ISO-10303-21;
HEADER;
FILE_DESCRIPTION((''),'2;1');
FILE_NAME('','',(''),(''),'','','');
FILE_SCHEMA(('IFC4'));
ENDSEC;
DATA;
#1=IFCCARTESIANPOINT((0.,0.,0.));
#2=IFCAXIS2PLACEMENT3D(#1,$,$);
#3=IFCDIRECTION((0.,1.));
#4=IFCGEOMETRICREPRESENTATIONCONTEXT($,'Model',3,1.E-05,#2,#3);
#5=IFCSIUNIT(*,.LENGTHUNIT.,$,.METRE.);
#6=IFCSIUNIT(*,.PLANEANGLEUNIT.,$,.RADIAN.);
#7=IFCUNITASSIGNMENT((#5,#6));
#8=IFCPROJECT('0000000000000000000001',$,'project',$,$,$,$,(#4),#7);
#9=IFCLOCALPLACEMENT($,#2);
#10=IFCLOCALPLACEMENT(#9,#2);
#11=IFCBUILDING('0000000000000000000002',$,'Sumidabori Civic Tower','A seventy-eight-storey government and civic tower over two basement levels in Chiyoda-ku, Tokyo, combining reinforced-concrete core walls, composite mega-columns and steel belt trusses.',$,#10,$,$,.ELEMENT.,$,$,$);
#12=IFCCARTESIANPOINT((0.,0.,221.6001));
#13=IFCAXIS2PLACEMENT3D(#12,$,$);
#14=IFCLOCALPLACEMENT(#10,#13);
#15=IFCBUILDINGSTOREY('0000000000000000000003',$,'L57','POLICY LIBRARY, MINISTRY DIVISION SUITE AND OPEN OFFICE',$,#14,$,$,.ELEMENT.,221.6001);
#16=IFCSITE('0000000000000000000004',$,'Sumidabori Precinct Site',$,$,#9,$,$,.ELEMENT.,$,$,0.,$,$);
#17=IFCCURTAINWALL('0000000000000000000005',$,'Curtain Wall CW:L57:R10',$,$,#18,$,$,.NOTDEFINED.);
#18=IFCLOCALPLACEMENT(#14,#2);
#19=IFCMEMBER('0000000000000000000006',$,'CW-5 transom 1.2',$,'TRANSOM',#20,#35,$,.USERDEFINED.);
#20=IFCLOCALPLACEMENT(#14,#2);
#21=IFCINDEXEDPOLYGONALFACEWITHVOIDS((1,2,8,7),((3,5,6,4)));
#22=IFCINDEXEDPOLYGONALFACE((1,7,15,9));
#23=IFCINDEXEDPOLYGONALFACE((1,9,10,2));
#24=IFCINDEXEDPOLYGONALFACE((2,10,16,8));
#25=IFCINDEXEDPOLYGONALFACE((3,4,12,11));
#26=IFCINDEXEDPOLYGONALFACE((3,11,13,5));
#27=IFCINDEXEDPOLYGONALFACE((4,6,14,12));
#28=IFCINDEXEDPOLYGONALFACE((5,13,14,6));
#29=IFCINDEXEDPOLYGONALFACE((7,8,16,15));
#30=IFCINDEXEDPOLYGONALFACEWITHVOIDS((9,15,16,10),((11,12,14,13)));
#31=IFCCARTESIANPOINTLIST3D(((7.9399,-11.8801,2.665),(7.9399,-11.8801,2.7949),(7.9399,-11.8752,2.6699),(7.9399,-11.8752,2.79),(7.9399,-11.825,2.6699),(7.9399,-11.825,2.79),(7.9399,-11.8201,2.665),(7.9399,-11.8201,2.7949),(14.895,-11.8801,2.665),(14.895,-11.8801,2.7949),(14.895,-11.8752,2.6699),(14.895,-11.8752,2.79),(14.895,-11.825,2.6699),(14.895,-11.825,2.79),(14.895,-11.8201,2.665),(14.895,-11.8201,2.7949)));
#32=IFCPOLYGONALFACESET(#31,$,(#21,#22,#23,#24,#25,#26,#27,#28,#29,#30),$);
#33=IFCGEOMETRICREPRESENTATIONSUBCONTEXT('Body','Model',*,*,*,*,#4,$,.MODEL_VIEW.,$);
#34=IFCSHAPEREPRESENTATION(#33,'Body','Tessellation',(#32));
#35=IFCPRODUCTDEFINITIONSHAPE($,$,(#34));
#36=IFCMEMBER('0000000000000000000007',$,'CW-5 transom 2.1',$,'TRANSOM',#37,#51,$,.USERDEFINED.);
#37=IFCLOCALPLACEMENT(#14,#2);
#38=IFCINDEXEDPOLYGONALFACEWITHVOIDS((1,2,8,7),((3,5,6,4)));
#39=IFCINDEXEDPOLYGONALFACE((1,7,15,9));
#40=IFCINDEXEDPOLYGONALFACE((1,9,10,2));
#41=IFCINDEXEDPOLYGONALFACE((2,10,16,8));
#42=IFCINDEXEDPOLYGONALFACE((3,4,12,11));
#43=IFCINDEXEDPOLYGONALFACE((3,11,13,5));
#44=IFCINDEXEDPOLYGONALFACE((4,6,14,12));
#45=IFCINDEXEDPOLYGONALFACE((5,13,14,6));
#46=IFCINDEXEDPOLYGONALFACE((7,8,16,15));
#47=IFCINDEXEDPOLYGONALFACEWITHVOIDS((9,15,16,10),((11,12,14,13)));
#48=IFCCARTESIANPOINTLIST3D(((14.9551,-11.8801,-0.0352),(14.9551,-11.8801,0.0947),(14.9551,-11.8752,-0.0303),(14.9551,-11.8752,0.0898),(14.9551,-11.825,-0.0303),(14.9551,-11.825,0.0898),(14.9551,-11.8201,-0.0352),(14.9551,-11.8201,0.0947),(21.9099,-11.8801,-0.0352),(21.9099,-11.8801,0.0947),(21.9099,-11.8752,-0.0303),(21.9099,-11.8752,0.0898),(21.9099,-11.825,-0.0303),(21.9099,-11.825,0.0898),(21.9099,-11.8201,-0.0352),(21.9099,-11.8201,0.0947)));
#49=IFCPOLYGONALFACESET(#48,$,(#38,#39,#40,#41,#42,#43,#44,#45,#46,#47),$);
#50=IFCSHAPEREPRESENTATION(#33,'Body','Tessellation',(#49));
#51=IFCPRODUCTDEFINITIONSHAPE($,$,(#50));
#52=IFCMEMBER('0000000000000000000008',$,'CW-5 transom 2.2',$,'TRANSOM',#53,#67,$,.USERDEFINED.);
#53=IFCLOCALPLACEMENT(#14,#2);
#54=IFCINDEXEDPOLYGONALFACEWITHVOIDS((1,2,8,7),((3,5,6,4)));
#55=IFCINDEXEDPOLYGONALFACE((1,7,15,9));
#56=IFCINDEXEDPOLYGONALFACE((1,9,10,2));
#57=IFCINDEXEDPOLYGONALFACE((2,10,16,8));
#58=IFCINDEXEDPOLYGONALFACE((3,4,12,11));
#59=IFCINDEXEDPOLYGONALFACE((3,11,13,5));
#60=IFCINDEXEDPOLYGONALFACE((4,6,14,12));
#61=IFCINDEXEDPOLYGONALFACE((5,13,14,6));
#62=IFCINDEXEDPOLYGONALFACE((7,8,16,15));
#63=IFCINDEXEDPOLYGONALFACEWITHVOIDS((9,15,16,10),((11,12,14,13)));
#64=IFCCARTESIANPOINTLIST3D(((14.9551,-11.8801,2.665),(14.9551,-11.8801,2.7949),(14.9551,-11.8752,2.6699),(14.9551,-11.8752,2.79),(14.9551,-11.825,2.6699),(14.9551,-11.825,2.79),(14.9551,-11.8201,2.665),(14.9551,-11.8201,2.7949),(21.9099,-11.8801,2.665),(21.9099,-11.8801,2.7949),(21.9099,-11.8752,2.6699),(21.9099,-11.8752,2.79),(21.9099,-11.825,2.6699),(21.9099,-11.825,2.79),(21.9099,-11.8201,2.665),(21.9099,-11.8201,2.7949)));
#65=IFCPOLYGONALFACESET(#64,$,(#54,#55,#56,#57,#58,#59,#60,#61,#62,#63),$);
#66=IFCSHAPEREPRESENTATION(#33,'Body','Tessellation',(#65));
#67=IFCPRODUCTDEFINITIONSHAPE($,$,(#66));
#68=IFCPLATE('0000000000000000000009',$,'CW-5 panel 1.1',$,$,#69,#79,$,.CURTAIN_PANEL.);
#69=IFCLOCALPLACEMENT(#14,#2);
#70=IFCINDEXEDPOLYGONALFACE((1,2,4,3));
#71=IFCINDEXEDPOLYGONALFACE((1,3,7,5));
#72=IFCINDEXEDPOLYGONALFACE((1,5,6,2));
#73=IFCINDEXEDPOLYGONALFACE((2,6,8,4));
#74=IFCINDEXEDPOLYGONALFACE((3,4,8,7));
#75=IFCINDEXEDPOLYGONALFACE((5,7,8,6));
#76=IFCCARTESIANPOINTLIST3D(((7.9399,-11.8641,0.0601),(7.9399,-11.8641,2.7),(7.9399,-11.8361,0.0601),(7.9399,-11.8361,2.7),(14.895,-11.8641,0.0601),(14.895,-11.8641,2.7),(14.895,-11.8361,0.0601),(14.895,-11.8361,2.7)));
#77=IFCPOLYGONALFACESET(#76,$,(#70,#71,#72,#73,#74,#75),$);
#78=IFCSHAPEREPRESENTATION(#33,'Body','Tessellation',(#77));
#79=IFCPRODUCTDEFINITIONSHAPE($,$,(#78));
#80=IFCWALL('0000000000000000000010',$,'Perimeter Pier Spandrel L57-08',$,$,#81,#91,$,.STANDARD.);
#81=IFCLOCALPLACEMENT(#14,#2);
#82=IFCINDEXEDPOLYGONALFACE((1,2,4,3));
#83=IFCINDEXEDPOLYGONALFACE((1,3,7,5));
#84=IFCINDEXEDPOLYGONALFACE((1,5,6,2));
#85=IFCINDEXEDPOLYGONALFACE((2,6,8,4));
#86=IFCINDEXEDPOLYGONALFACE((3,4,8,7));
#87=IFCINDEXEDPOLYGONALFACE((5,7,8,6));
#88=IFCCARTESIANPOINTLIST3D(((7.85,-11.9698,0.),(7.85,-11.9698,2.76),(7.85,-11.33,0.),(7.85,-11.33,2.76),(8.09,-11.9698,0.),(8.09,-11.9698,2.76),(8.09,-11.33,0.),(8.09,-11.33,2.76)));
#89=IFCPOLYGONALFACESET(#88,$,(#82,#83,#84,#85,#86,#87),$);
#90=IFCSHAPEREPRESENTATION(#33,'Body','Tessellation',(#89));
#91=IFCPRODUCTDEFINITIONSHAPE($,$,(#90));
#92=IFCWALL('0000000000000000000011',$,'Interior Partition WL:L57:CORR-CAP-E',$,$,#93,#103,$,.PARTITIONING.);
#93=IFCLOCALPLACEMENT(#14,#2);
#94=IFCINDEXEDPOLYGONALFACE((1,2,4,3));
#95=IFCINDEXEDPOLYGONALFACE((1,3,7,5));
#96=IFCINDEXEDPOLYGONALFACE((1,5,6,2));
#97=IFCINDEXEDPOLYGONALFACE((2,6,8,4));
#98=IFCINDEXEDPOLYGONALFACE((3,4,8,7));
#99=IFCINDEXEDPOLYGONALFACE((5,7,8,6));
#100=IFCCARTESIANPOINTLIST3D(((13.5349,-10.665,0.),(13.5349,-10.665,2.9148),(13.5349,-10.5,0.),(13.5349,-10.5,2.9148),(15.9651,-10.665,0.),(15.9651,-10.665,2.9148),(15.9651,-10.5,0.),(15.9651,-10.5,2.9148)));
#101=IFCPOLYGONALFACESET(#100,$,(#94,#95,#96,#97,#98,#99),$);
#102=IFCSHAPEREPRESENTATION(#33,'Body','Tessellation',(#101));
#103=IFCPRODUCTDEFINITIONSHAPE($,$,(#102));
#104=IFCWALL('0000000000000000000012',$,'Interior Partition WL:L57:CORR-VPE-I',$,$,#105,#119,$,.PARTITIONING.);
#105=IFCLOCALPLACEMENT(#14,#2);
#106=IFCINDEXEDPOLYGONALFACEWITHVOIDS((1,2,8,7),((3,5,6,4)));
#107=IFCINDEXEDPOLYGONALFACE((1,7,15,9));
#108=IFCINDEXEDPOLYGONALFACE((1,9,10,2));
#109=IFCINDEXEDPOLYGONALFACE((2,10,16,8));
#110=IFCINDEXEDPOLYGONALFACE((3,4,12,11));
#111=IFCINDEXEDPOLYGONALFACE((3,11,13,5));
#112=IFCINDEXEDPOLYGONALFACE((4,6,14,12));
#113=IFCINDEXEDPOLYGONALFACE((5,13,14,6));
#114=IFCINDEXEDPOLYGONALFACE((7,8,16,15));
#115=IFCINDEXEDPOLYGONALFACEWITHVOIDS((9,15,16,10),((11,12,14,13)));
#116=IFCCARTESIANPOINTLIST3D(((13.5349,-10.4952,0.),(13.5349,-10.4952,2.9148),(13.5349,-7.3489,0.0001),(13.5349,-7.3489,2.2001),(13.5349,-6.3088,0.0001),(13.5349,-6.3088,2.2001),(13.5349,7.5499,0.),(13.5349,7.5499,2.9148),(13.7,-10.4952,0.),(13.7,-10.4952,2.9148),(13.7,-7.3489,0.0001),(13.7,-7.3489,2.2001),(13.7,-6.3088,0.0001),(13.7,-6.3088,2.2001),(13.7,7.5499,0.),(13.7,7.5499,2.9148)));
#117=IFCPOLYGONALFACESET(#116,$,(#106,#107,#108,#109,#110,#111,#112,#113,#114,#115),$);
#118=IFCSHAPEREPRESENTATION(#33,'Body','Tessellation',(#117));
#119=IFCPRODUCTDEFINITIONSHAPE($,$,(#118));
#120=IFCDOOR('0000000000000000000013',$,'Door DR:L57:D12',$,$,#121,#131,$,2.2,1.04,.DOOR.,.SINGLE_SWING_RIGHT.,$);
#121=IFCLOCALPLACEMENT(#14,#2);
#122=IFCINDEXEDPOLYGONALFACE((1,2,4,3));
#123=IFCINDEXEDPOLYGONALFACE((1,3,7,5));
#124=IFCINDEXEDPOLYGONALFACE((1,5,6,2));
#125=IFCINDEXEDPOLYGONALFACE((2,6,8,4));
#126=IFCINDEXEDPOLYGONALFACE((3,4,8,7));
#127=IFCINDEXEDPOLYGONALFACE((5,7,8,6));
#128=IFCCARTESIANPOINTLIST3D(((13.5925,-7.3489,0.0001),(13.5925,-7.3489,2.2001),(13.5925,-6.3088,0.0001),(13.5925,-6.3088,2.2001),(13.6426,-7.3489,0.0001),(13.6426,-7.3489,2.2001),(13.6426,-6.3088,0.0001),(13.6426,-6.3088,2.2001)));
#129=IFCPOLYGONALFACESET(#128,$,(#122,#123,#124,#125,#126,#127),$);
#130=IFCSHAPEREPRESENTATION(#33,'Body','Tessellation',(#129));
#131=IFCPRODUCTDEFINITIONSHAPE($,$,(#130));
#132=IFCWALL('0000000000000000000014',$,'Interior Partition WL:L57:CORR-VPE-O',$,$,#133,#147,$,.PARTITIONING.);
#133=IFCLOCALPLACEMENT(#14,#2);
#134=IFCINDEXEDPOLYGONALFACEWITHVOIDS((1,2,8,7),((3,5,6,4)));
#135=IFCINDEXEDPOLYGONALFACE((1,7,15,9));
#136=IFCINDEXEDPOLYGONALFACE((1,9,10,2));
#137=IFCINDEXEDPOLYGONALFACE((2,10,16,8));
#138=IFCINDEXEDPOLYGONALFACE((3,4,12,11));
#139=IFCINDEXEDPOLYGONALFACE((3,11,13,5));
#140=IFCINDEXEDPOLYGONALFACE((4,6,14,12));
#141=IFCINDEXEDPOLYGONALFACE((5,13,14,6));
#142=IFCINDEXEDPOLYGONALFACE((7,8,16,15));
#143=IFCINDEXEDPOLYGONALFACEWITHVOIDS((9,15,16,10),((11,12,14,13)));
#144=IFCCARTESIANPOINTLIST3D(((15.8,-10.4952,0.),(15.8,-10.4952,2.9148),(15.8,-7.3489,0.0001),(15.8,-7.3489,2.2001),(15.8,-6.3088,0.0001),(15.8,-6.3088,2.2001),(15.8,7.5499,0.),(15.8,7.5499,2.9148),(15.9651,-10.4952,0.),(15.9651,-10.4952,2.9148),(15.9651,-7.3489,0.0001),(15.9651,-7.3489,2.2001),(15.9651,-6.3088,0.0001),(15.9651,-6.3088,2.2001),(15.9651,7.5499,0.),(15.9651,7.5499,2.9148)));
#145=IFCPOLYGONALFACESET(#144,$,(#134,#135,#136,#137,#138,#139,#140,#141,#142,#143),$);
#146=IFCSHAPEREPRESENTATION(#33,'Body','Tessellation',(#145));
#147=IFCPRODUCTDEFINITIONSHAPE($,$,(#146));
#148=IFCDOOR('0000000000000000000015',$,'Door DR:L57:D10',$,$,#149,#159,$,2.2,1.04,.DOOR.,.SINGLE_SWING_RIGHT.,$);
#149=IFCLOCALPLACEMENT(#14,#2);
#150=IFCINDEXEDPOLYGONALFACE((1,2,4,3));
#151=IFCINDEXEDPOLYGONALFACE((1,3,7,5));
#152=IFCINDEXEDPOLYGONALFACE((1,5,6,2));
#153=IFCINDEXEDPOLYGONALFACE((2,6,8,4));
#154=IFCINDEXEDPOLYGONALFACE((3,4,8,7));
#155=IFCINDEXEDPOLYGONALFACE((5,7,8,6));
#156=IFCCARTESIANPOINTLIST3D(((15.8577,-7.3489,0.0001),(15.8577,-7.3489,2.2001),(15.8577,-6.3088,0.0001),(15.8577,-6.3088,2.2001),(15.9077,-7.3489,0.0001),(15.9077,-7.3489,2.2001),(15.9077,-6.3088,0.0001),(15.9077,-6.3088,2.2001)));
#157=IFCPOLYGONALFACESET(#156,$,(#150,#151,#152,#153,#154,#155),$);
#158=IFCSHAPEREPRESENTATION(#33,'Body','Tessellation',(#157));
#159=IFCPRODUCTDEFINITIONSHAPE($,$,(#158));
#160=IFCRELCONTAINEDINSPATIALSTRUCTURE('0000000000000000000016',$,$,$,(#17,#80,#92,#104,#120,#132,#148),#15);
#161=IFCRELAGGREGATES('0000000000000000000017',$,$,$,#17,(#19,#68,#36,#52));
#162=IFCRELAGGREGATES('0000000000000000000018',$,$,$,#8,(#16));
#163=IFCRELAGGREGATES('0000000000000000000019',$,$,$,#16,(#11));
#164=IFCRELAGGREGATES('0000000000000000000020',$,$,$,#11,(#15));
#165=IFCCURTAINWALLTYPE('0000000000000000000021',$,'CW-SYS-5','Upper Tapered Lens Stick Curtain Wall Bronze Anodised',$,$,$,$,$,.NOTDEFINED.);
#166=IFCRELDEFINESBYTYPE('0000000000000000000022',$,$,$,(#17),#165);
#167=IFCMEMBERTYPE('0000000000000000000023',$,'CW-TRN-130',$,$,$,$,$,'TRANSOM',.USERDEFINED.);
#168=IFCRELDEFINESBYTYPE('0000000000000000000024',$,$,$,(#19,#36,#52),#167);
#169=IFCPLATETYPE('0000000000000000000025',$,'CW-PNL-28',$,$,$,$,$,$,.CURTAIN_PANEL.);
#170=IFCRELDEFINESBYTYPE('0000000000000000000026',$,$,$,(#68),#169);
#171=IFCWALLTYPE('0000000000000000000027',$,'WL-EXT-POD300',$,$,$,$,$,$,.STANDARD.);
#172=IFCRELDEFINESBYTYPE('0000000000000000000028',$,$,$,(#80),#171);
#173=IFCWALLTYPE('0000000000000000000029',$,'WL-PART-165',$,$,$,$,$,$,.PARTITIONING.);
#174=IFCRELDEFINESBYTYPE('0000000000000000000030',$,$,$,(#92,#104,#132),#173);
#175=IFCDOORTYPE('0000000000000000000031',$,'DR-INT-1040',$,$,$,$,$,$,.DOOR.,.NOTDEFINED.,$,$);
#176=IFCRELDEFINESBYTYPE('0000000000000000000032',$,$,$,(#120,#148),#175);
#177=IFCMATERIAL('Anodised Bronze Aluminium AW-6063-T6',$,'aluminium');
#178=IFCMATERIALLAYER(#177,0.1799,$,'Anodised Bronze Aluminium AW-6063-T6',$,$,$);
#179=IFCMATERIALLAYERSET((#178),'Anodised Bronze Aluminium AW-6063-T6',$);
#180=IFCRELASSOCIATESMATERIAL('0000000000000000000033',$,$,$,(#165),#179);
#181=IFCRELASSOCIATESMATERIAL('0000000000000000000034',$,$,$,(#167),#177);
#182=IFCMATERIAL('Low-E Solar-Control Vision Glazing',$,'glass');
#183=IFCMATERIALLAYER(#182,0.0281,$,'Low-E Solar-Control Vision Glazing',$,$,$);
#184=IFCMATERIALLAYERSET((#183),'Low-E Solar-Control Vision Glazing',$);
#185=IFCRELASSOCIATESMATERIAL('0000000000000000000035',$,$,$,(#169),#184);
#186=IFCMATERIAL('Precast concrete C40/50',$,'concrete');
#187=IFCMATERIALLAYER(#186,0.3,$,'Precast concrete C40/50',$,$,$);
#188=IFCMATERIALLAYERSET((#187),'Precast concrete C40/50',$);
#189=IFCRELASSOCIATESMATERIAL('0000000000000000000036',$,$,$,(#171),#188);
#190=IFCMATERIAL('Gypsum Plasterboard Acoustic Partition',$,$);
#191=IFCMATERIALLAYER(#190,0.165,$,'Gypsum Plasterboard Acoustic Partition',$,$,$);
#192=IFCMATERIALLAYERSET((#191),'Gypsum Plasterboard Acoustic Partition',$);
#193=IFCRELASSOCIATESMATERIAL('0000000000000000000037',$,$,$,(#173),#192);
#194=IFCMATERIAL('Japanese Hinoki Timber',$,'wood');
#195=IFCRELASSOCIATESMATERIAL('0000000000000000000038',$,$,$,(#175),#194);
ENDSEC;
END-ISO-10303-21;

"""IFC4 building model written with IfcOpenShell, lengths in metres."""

from ifc_helpers import new_model, si_unit, direction, frame, frame_2d, origin, origin_2d, place, context, subcontext, project, spatial, rectangle, hollow_rectangle, extrude, source, transform, mapped, material, layer, layer_set, material_profile, profile_set, type_object, element, fill, aggregate, save


model = new_model("IFC4")

# Units and contexts
model_context = context("Model", 3, precision=1e-05, world=origin(), true_north=direction((0.0, 1.0)))
body_context = subcontext(model_context, "Body", "Model", "MODEL_VIEW")
ifc_project = project(units=[si_unit("LENGTHUNIT", "METRE"), si_unit("PLANEANGLEUNIT", "RADIAN")], contexts=[model_context])

# Site, building, storey
site_placement = place(None, origin())
site = spatial("IfcSite", under=ifc_project, at=site_placement, Name="Sumidabori Precinct Site", CompositionType="ELEMENT", RefElevation=0.0)
building_placement = place(site_placement, origin())
building = spatial("IfcBuilding", under=site, at=building_placement, Name="Sumidabori Civic Tower", Description="A seventy-eight-storey government and civic tower over two basement levels in Chiyoda-ku, Tokyo, combining reinforced-concrete core walls, composite mega-columns and steel belt trusses.", CompositionType="ELEMENT")
storey_placement = place(building_placement, frame((0.0, 0.0, 221.6001)))
storey = spatial("IfcBuildingStorey", under=building, at=storey_placement, Name="L57", Description="POLICY LIBRARY, MINISTRY DIVISION SUITE AND OPEN OFFICE", CompositionType="ELEMENT", Elevation=221.6001)

# Shared definitions
ifc_material_1 = material(Name="Anodised Bronze Aluminium AW-6063-T6", Category="aluminium")

# Curtain wall, members, plate
ifc_layer_1 = layer(ifc_material_1, 0.1799, Name="Anodised Bronze Aluminium AW-6063-T6")
ifc_layer_set_1 = layer_set([ifc_layer_1], Name="Anodised Bronze Aluminium AW-6063-T6")
curtain_wall_type_1 = type_object("IfcCurtainWallType", Name="CW-SYS-5", Description="Upper Tapered Lens Stick Curtain Wall Bronze Anodised", PredefinedType="NOTDEFINED", material=ifc_layer_set_1)
curtain_wall_1_placement = place(storey_placement, origin())
curtain_wall_1 = element("IfcCurtainWall", 1, at=curtain_wall_1_placement, inside=storey, type_object=curtain_wall_type_1, Name="Curtain Wall CW:L57:R10", PredefinedType="NOTDEFINED")
ifc_material_profile_1 = material_profile(ifc_material_1, hollow_rectangle(XDim=0.0601, YDim=0.1299, WallThickness=0.0049, at=origin_2d()), Name="ALU TRANSOM 130x60")
ifc_profile_set_1 = profile_set([ifc_material_profile_1], Name="Anodised Bronze Aluminium AW-6063-T6")
member_type_1 = type_object("IfcMemberType", Name="CW-TRN-130", ElementType="TRANSOM", PredefinedType="USERDEFINED", material=ifc_profile_set_1)
shared_shape_1 = source(origin(), body_context, "Body", "SweptSolid", [
    extrude(hollow_rectangle(XDim=0.0601, YDim=0.1299, WallThickness=0.0049, at=origin_2d()), origin(), (0.0, 0.0, 1.0), 6.9551),
])
member_1_placement = place(storey_placement, frame((7.9399, -11.8501, 2.73), z_axis=(1.0, 0.0, 0.0), x_axis=(0.0, 1.0, 0.0)))
member_1 = element("IfcMember", 2, at=member_1_placement, type_object=member_type_1, Name="CW-5 transom 1.2", ObjectType="TRANSOM", PredefinedType="USERDEFINED", context=body_context, shape_type="MappedRepresentation", body=[
    mapped(shared_shape_1, transform((0.0, 0.0, 0.0), x_axis=(1.0, 0.0, 0.0), y_axis=(0.0, 1.0, 0.0), z_axis=(0.0, 0.0, 1.0), scale=1.0)),
])
shared_shape_2 = source(origin(), body_context, "Body", "SweptSolid", [
    extrude(hollow_rectangle(XDim=0.0601, YDim=0.1299, WallThickness=0.0049, at=origin_2d()), origin(), (0.0, 0.0, 1.0), 6.9548),
])
member_2_placement = place(storey_placement, frame((14.9551, -11.8501, 0.0298), z_axis=(1.0, 0.0, 0.0), x_axis=(0.0, 1.0, 0.0)))
member_2 = element("IfcMember", 3, at=member_2_placement, type_object=member_type_1, Name="CW-5 transom 2.1", ObjectType="TRANSOM", PredefinedType="USERDEFINED", context=body_context, shape_type="MappedRepresentation", body=[
    mapped(shared_shape_2, transform((0.0, 0.0, 0.0), x_axis=(1.0, 0.0, 0.0), y_axis=(0.0, 1.0, 0.0), z_axis=(0.0, 0.0, 1.0), scale=1.0)),
])
member_3_placement = place(storey_placement, frame((14.9551, -11.8501, 2.73), z_axis=(1.0, 0.0, 0.0), x_axis=(0.0, 1.0, 0.0)))
member_3 = element("IfcMember", 4, at=member_3_placement, type_object=member_type_1, Name="CW-5 transom 2.2", ObjectType="TRANSOM", PredefinedType="USERDEFINED", context=body_context, shape_type="MappedRepresentation", body=[
    mapped(shared_shape_2, transform((0.0, 0.0, 0.0), x_axis=(1.0, 0.0, 0.0), y_axis=(0.0, 1.0, 0.0), z_axis=(0.0, 0.0, 1.0), scale=1.0)),
])
ifc_material_2 = material(Name="Low-E Solar-Control Vision Glazing", Category="glass")
ifc_layer_2 = layer(ifc_material_2, 0.0281, Name="Low-E Solar-Control Vision Glazing")
ifc_layer_set_2 = layer_set([ifc_layer_2], Name="Low-E Solar-Control Vision Glazing")
plate_type = type_object("IfcPlateType", Name="CW-PNL-28", PredefinedType="CURTAIN_PANEL", material=ifc_layer_set_2)
shared_shape_3 = source(origin(), body_context, "Body", "SweptSolid", [
    extrude(rectangle(XDim=6.9551, YDim=0.0281, at=origin_2d()), origin(), (0.0, 0.0, 1.0), 2.6399),
])
plate_placement = place(storey_placement, frame((11.4175, -11.8501, 0.0601), z_axis=(0.0, 0.0, 1.0), x_axis=(1.0, 0.0, 0.0)))
plate = element("IfcPlate", 5, at=plate_placement, type_object=plate_type, Name="CW-5 panel 1.1", PredefinedType="CURTAIN_PANEL", context=body_context, shape_type="MappedRepresentation", body=[
    mapped(shared_shape_3, transform((0.0, 0.0, 0.0), x_axis=(1.0, 0.0, 0.0), y_axis=(0.0, 1.0, 0.0), z_axis=(0.0, 0.0, 1.0), scale=1.0)),
])
aggregate(curtain_wall_1, [member_1, plate, member_2, member_3])

# Walls
ifc_material_3 = material(Name="Precast concrete C40/50", Category="concrete")
ifc_layer_3 = layer(ifc_material_3, 0.3, Name="Precast concrete C40/50")
ifc_layer_set_3 = layer_set([ifc_layer_3], Name="Precast concrete C40/50")
wall_type_1 = type_object("IfcWallType", Name="WL-EXT-POD300", PredefinedType="STANDARD", material=ifc_layer_set_3)
shared_shape_4 = source(origin(), body_context, "Body", "SweptSolid", [
    extrude(rectangle(XDim=0.6399, YDim=0.24, at=frame_2d((0.3198, 0.0))), origin(), (0.0, 0.0, 1.0), 2.76),
])
wall_1_placement = place(storey_placement, frame((7.97, -11.3301, 0.0), z_axis=(0.0, 0.0, 1.0), x_axis=(0.0, -1.0, 0.0)))
element("IfcWall", 6, at=wall_1_placement, inside=storey, type_object=wall_type_1, Name="Perimeter Pier Spandrel L57-08", PredefinedType="STANDARD", context=body_context, shape_type="MappedRepresentation", body=[
    mapped(shared_shape_4, transform((0.0, 0.0, 0.0), x_axis=(1.0, 0.0, 0.0), y_axis=(0.0, 1.0, 0.0), z_axis=(0.0, 0.0, 1.0), scale=1.0)),
])
ifc_material_4 = material(Name="Gypsum Plasterboard Acoustic Partition")
ifc_layer_4 = layer(ifc_material_4, 0.165, Name="Gypsum Plasterboard Acoustic Partition")
ifc_layer_set_4 = layer_set([ifc_layer_4], Name="Gypsum Plasterboard Acoustic Partition")
wall_type_2 = type_object("IfcWallType", Name="WL-PART-165", PredefinedType="PARTITIONING", material=ifc_layer_set_4)
shared_shape_5 = source(origin(), body_context, "Body", "SweptSolid", [
    extrude(rectangle(XDim=2.4302, YDim=0.165, at=frame_2d((1.2151, 0.0))), origin(), (0.0, 0.0, 1.0), 2.9148),
])
wall_2_placement = place(storey_placement, frame((13.5349, -10.5825, 0.0), z_axis=(0.0, 0.0, 1.0), x_axis=(1.0, 0.0, 0.0)))
element("IfcWall", 7, at=wall_2_placement, inside=storey, type_object=wall_type_2, Name="Interior Partition WL:L57:CORR-CAP-E", PredefinedType="PARTITIONING", context=body_context, shape_type="MappedRepresentation", body=[
    mapped(shared_shape_5, transform((0.0, 0.0, 0.0), x_axis=(1.0, 0.0, 0.0), y_axis=(0.0, 1.0, 0.0), z_axis=(0.0, 0.0, 1.0), scale=1.0)),
])

# Walls, openings, doors
shared_shape_6 = source(origin(), body_context, "Body", "SweptSolid", [
    extrude(rectangle(XDim=18.0452, YDim=0.165, at=frame_2d((9.0225, 0.0))), origin(), (0.0, 0.0, 1.0), 2.9148),
])
wall_3_placement = place(storey_placement, frame((13.6174, -10.4951, 0.0), z_axis=(0.0, 0.0, 1.0), x_axis=(0.0, 1.0, 0.0)))
wall_3 = element("IfcWall", 8, at=wall_3_placement, inside=storey, type_object=wall_type_2, Name="Interior Partition WL:L57:CORR-VPE-I", PredefinedType="PARTITIONING", context=body_context, shape_type="MappedRepresentation", body=[
    mapped(shared_shape_6, transform((0.0, 0.0, 0.0), x_axis=(1.0, 0.0, 0.0), y_axis=(0.0, 1.0, 0.0), z_axis=(0.0, 0.0, 1.0), scale=1.0)),
])
opening_1_placement = place(wall_3_placement, frame((3.1462, 0.0, 0.0)))
opening_1 = element("IfcOpeningElement", 9, at=opening_1_placement, cuts=wall_3, PredefinedType="OPENING", context=body_context, shape_type="SweptSolid", body=[
    extrude(rectangle(XDim=1.04, YDim=2.2, at=frame_2d((0.52, 1.1001))), frame((0.0, 0.0945, 0.0), z_axis=(0.0, -1.0, 0.0), x_axis=(1.0, 0.0, 0.0)), (0.0, 0.0, 1.0), 0.189),
])
ifc_material_5 = material(Name="Japanese Hinoki Timber", Category="wood")
door_type = type_object("IfcDoorType", Name="DR-INT-1040", OperationType="NOTDEFINED", PredefinedType="DOOR", material=ifc_material_5)
shared_shape_7 = source(origin(), body_context, "Body", "SweptSolid", [
    extrude(rectangle(XDim=1.04, YDim=2.2, at=frame_2d((0.52, 1.1001))), frame((0.0, 0.0249, 0.0), z_axis=(0.0, -1.0, 0.0), x_axis=(1.0, 0.0, 0.0)), (0.0, 0.0, 1.0), 0.05),
])
door_1_placement = place(opening_1_placement, origin())
door_1 = element("IfcDoor", 10, at=door_1_placement, inside=storey, type_object=door_type, Name="Door DR:L57:D12", OperationType="SINGLE_SWING_RIGHT", OverallHeight=2.2, OverallWidth=1.04, PredefinedType="DOOR", context=body_context, shape_type="MappedRepresentation", body=[
    mapped(shared_shape_7, transform((0.0, 0.0, 0.0), x_axis=(1.0, 0.0, 0.0), y_axis=(0.0, 1.0, 0.0), z_axis=(0.0, 0.0, 1.0), scale=1.0)),
])
fill(opening_1, door_1)
wall_4_placement = place(storey_placement, frame((15.8826, -10.4951, 0.0), z_axis=(0.0, 0.0, 1.0), x_axis=(0.0, 1.0, 0.0)))
wall_4 = element("IfcWall", 11, at=wall_4_placement, inside=storey, type_object=wall_type_2, Name="Interior Partition WL:L57:CORR-VPE-O", PredefinedType="PARTITIONING", context=body_context, shape_type="MappedRepresentation", body=[
    mapped(shared_shape_6, transform((0.0, 0.0, 0.0), x_axis=(1.0, 0.0, 0.0), y_axis=(0.0, 1.0, 0.0), z_axis=(0.0, 0.0, 1.0), scale=1.0)),
])
opening_2_placement = place(wall_4_placement, frame((3.1462, 0.0, 0.0)))
opening_2 = element("IfcOpeningElement", 12, at=opening_2_placement, cuts=wall_4, PredefinedType="OPENING", context=body_context, shape_type="SweptSolid", body=[
    extrude(rectangle(XDim=1.04, YDim=2.2, at=frame_2d((0.52, 1.1001))), frame((0.0, 0.0945, 0.0), z_axis=(0.0, -1.0, 0.0), x_axis=(1.0, 0.0, 0.0)), (0.0, 0.0, 1.0), 0.189),
])
door_2_placement = place(opening_2_placement, origin())
door_2 = element("IfcDoor", 13, at=door_2_placement, inside=storey, type_object=door_type, Name="Door DR:L57:D10", OperationType="SINGLE_SWING_RIGHT", OverallHeight=2.2, OverallWidth=1.04, PredefinedType="DOOR", context=body_context, shape_type="MappedRepresentation", body=[
    mapped(shared_shape_7, transform((0.0, 0.0, 0.0), x_axis=(1.0, 0.0, 0.0), y_axis=(0.0, 1.0, 0.0), z_axis=(0.0, 0.0, 1.0), scale=1.0)),
])
fill(opening_2, door_2)

save(model, "model.ifc")
